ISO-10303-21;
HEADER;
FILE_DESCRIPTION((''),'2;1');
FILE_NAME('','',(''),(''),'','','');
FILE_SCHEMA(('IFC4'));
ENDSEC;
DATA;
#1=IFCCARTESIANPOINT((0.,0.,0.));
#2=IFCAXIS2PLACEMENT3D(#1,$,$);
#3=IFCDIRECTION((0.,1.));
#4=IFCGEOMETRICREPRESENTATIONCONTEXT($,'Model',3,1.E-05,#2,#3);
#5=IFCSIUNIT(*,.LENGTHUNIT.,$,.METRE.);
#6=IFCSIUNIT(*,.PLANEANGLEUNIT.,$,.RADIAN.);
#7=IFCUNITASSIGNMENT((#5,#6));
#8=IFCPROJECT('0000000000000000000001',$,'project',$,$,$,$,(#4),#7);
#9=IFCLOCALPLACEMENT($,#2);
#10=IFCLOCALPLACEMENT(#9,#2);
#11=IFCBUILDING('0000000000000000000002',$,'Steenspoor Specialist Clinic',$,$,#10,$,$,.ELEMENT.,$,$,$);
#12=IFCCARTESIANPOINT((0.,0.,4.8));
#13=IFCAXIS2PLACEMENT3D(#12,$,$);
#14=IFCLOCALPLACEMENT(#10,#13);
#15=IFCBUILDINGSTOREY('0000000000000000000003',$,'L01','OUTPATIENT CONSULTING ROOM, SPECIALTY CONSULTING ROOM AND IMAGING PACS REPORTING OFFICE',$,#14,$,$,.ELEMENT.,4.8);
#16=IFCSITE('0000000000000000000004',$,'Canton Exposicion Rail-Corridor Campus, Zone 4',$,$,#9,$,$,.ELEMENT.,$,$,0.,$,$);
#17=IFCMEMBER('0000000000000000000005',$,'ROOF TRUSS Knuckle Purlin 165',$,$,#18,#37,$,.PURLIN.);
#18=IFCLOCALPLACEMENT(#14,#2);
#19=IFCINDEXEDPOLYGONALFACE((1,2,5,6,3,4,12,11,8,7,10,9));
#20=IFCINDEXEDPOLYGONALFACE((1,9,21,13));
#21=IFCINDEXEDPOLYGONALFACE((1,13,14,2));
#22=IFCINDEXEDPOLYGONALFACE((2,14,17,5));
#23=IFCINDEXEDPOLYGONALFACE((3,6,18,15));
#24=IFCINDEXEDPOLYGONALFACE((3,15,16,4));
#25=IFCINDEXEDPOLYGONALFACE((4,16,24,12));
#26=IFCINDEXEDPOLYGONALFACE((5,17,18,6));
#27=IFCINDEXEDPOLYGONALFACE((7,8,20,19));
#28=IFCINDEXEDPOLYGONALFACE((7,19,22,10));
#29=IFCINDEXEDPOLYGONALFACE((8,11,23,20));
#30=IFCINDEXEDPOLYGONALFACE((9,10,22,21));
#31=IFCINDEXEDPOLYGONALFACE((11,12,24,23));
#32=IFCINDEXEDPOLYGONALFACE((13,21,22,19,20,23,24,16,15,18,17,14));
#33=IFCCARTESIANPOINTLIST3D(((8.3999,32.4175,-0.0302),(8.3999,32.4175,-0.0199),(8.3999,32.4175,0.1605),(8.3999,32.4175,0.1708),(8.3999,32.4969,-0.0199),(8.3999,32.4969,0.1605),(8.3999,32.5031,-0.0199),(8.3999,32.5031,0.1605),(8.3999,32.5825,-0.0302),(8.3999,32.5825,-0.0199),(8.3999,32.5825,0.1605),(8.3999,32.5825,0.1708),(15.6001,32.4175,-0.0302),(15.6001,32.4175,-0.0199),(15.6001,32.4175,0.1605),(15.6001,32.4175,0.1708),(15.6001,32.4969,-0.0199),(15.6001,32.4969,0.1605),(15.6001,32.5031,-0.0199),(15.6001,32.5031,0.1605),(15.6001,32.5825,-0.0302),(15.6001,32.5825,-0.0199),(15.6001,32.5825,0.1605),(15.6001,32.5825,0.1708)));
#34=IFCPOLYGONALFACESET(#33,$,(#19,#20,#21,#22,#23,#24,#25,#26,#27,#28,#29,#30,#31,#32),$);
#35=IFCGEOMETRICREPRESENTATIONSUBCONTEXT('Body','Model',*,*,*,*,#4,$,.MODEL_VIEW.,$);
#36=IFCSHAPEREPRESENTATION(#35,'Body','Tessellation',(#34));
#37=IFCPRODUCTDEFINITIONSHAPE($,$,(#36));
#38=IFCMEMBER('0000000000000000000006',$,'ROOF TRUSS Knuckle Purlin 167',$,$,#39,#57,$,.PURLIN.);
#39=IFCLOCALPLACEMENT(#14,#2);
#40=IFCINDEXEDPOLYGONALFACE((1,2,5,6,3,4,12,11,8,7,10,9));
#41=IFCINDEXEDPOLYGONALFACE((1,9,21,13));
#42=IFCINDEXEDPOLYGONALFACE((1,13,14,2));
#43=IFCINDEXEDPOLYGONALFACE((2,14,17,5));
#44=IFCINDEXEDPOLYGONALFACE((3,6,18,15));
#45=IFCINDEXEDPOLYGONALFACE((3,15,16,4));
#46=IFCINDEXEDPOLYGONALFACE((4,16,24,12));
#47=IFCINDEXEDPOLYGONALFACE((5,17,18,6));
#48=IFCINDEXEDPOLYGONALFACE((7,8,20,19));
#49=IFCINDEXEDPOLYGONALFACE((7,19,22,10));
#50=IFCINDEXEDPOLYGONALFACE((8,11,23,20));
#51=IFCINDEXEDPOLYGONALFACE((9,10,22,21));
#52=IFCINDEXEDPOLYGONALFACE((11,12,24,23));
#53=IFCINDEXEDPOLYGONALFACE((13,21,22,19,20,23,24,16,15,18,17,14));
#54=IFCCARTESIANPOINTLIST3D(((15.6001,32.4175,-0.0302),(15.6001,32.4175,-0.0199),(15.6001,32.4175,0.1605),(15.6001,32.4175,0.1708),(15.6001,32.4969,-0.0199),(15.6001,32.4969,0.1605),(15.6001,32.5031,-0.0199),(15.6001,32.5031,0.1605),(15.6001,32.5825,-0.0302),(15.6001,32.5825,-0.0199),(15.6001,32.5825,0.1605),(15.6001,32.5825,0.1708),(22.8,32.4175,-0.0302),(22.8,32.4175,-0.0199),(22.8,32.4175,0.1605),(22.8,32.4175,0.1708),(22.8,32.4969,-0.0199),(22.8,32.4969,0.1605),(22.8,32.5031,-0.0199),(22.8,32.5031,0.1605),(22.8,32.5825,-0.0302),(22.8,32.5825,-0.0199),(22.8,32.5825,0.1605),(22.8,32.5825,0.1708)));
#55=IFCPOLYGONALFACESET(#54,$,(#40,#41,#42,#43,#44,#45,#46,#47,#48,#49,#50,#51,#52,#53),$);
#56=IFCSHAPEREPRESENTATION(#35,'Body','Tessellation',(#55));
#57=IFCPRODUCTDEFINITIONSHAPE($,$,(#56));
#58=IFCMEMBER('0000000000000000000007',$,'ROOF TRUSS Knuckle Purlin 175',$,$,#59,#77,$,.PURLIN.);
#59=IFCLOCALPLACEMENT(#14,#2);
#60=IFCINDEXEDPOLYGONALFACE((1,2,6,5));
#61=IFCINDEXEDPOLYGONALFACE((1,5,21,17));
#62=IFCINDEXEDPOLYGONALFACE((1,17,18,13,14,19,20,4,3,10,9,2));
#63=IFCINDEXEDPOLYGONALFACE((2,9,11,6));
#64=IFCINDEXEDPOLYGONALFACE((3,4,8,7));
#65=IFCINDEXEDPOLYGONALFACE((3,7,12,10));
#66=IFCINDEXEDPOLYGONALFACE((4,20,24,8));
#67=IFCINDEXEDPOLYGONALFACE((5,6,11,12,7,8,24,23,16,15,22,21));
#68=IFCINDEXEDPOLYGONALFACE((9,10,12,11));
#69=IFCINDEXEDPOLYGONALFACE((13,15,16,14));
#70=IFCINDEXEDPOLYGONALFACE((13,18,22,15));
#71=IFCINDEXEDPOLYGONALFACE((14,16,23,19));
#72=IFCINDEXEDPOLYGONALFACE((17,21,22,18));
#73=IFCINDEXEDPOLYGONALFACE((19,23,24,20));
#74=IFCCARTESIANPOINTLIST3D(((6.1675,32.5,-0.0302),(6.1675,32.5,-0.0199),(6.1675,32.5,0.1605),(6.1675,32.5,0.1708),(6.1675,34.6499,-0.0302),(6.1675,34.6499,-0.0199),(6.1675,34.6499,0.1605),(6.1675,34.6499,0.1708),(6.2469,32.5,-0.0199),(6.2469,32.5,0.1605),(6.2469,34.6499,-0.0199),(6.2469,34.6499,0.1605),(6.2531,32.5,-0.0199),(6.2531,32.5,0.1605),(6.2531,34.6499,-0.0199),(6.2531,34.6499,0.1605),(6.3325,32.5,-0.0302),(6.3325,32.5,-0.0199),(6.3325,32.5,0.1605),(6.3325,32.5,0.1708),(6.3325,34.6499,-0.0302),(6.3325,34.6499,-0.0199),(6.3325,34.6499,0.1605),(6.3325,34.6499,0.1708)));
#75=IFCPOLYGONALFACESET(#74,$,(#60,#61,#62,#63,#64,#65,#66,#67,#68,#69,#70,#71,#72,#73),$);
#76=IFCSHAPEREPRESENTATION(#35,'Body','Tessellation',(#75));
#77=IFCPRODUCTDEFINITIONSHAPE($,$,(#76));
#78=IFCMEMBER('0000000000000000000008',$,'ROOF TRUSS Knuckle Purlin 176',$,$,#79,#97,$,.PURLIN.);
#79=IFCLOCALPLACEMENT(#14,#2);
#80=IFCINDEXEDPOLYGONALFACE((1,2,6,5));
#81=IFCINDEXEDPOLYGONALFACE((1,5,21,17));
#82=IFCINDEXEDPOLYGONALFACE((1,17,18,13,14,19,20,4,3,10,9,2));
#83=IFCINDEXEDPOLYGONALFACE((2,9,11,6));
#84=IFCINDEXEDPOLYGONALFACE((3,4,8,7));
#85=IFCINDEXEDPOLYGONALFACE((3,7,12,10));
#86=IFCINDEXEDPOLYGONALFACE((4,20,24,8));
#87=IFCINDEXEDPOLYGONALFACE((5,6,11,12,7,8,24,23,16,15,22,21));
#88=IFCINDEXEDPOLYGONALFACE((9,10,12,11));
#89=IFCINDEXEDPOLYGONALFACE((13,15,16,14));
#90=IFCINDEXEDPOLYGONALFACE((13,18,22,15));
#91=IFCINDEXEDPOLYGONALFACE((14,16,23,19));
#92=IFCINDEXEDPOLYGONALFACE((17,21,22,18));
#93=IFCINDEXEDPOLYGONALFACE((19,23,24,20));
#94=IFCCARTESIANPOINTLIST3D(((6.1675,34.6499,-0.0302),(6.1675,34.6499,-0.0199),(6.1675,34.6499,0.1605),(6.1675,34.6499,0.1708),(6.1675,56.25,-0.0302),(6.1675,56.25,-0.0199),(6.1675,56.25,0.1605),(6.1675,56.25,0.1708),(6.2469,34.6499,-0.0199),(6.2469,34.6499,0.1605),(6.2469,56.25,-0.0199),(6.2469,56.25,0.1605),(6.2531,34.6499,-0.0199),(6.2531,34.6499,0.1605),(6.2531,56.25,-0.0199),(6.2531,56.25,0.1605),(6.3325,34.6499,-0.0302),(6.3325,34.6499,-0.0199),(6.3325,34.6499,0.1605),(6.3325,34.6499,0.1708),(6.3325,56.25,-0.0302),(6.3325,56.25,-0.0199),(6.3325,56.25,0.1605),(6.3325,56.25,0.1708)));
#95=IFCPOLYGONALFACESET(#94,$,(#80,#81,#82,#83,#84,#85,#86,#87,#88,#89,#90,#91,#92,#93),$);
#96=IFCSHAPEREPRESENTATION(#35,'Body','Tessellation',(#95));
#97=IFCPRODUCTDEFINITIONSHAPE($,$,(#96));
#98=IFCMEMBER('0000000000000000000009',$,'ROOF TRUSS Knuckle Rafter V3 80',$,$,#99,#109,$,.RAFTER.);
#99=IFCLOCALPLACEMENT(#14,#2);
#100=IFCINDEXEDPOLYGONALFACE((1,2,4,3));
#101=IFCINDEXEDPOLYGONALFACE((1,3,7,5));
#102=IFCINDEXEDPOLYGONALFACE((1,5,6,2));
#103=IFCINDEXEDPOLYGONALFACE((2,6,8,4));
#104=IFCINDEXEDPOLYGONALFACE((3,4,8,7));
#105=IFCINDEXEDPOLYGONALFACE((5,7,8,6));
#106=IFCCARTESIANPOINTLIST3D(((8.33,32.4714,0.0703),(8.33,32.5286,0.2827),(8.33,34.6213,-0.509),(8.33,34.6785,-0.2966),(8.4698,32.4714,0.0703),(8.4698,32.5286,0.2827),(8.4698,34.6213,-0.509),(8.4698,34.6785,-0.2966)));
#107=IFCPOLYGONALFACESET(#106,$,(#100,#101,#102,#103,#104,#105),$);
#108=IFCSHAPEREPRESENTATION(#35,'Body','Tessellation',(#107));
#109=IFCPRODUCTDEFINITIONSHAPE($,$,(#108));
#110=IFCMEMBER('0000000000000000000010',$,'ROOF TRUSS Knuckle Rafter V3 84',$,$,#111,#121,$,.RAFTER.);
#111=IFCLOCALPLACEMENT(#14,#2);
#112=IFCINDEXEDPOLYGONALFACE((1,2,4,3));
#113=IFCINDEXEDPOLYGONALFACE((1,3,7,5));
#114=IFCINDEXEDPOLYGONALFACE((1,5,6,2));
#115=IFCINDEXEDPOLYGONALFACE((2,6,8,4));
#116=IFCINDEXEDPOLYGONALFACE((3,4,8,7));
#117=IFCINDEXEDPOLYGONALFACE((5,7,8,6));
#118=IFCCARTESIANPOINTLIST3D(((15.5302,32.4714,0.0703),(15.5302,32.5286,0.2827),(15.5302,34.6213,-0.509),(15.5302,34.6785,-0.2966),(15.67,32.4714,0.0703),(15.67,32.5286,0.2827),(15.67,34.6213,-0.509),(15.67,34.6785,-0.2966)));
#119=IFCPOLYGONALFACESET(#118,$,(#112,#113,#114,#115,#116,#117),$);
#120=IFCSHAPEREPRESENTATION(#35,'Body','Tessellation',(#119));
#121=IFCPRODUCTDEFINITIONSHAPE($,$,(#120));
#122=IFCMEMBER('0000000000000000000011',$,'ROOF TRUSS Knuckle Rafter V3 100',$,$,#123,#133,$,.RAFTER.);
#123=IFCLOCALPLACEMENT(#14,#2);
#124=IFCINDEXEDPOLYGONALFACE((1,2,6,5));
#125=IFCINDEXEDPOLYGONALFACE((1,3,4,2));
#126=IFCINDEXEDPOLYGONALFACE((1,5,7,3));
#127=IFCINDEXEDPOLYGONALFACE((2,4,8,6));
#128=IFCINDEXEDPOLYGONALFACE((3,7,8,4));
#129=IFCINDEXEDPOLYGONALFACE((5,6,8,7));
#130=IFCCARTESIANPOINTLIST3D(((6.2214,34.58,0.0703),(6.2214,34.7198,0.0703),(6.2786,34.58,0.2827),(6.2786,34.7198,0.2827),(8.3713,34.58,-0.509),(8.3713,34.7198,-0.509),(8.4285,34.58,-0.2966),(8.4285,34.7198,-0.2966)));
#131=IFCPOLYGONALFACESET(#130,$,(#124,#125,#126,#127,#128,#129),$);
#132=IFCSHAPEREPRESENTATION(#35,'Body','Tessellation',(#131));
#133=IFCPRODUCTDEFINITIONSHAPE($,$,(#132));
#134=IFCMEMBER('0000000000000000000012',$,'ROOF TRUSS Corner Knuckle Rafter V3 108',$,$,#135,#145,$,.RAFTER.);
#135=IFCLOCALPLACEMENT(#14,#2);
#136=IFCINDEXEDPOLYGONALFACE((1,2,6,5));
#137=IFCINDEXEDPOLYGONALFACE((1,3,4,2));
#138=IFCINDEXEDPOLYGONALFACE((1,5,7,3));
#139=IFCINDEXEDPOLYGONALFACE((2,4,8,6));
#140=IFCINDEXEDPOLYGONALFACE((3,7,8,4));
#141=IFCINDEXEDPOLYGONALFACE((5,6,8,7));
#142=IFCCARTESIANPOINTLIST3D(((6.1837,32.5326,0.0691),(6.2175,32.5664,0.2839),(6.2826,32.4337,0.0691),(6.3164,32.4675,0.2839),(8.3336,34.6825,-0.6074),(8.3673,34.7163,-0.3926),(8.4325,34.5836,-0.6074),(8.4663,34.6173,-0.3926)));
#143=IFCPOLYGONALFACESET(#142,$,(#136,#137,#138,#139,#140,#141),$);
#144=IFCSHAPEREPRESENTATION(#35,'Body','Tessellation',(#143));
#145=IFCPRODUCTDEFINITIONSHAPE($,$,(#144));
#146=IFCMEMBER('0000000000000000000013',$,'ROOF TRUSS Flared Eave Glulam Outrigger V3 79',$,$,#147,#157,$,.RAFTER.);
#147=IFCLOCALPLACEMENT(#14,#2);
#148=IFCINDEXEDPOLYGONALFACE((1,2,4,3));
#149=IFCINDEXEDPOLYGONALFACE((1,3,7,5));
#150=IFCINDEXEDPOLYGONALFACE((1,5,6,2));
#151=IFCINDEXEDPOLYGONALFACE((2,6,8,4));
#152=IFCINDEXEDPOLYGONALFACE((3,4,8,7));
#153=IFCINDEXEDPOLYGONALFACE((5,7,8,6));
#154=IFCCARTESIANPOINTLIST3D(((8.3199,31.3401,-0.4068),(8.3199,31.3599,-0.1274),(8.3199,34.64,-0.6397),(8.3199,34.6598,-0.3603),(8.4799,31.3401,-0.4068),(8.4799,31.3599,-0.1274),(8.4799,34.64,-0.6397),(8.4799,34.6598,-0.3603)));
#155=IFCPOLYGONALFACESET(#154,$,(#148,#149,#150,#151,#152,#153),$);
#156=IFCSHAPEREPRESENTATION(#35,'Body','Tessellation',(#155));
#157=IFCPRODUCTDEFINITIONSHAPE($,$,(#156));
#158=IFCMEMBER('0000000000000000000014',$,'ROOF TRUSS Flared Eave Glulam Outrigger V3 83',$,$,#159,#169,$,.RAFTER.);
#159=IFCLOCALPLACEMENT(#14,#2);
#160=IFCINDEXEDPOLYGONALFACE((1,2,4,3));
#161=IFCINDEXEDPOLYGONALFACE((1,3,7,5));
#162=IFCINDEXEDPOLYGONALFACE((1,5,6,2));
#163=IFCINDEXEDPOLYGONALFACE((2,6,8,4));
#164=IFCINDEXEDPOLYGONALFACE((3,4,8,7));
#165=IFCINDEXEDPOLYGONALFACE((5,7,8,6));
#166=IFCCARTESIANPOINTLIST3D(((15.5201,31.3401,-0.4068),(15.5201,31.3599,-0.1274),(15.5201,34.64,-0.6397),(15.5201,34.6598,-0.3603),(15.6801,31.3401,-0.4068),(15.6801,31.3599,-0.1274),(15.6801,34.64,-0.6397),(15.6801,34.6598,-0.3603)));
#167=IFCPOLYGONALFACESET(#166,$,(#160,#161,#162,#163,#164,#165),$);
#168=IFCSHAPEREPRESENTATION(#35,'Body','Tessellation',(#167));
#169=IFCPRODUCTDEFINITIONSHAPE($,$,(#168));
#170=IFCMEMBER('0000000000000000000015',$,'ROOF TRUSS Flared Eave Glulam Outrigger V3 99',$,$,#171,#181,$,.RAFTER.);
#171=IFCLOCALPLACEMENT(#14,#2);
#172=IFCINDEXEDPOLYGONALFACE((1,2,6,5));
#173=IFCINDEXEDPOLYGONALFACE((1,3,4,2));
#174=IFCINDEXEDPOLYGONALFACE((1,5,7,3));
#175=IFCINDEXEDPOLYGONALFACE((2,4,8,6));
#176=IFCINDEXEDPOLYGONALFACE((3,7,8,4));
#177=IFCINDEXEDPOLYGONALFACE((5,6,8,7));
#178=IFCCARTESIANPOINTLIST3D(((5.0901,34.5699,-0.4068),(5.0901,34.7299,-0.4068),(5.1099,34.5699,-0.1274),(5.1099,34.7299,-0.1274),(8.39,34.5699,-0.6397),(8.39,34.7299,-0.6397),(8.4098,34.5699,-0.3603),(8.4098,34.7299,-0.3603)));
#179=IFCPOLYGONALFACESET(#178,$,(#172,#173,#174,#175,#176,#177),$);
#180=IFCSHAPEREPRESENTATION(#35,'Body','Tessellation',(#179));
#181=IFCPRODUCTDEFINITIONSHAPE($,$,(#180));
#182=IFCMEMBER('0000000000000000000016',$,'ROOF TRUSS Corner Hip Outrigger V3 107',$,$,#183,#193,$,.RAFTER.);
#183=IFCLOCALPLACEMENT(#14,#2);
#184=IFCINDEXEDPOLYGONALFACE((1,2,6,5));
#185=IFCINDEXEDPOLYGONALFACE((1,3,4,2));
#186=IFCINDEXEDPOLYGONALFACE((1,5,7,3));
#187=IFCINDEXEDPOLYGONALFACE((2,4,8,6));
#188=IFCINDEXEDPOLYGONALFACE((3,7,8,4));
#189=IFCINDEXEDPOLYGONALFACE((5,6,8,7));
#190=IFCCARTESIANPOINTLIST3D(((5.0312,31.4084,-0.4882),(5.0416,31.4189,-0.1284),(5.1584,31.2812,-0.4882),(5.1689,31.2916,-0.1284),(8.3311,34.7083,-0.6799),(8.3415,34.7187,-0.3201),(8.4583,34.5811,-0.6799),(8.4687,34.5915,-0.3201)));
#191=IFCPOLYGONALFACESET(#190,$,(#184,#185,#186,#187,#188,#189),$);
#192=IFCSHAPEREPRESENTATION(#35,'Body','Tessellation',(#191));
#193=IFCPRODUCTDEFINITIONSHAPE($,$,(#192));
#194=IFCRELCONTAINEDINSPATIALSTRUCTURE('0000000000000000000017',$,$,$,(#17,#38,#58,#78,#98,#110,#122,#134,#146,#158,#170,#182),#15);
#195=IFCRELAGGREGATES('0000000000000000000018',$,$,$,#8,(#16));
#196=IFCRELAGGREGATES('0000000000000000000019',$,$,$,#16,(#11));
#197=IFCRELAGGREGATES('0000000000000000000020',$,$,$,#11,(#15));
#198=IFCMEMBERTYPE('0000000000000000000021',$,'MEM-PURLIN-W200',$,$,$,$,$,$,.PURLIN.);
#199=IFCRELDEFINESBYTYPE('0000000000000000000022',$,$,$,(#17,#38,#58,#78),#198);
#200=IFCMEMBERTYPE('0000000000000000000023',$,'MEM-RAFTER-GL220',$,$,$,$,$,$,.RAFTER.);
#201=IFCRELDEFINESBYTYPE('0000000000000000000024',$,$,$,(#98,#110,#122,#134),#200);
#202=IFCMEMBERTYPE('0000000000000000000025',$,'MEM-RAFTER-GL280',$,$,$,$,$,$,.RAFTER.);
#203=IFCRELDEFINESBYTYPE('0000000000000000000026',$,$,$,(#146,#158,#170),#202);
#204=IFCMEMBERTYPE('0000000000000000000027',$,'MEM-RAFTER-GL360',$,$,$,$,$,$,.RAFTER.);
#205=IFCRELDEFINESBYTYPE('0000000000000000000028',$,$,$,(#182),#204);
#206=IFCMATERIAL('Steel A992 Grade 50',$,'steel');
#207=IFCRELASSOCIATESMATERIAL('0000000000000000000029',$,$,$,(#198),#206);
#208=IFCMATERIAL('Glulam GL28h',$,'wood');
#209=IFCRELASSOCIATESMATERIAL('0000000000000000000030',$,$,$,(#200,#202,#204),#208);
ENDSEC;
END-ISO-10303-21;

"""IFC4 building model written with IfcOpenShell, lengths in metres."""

from ifc_helpers import new_model, si_unit, direction, frame, origin, origin_2d, place, context, subcontext, project, spatial, rectangle, i_section, extrude, material, material_profile, profile_set, type_object, element, save


model = new_model("IFC4")

# Units and contexts
model_context = context("Model", 3, precision=1e-05, world=origin(), true_north=direction((0.0, 1.0)))
body_context = subcontext(model_context, "Body", "Model", "MODEL_VIEW")
ifc_project = project(units=[si_unit("LENGTHUNIT", "METRE"), si_unit("PLANEANGLEUNIT", "RADIAN")], contexts=[model_context])

# Site, building, storey
site_placement = place(None, origin())
site = spatial("IfcSite", under=ifc_project, at=site_placement, Name="Canton Exposicion Rail-Corridor Campus, Zone 4", CompositionType="ELEMENT", RefElevation=0.0)
building_placement = place(site_placement, origin())
building = spatial("IfcBuilding", under=site, at=building_placement, Name="Steenspoor Specialist Clinic", CompositionType="ELEMENT")
storey_placement = place(building_placement, frame((0.0, 0.0, 4.8)))
storey = spatial("IfcBuildingStorey", under=building, at=storey_placement, Name="L01", Description="OUTPATIENT CONSULTING ROOM, SPECIALTY CONSULTING ROOM AND IMAGING PACS REPORTING OFFICE", CompositionType="ELEMENT", Elevation=4.8)

# Shared definitions
ifc_material_1 = material(Name="Glulam GL28h", Category="wood")

# Members
ifc_material_2 = material(Name="Steel A992 Grade 50", Category="steel")
ifc_material_profile_1 = material_profile(ifc_material_2, i_section(OverallWidth=0.165, OverallDepth=0.2009, WebThickness=0.0061, FlangeThickness=0.0103, at=origin_2d()), Name="W200X36")
ifc_profile_set_1 = profile_set([ifc_material_profile_1], Name="Steel A992 Grade 50")
member_type_1 = type_object("IfcMemberType", Name="MEM-PURLIN-W200", PredefinedType="PURLIN", material=ifc_profile_set_1)
member_1_placement = place(storey_placement, frame((8.3999, 32.5, 0.0703), z_axis=(1.0, 0.0, 0.0), x_axis=(0.0, 1.0, 0.0)))
element("IfcMember", 1, at=member_1_placement, inside=storey, type_object=member_type_1, Name="ROOF TRUSS Knuckle Purlin 165", PredefinedType="PURLIN", context=body_context, shape_type="SweptSolid", body=[
    extrude(i_section(OverallWidth=0.165, OverallDepth=0.2009, WebThickness=0.0061, FlangeThickness=0.0103, at=origin_2d()), origin(), (0.0, 0.0, 1.0), 7.2002),
])
member_2_placement = place(storey_placement, frame((15.6001, 32.5, 0.0703), z_axis=(1.0, 0.0, 0.0), x_axis=(0.0, 1.0, 0.0)))
element("IfcMember", 2, at=member_2_placement, inside=storey, type_object=member_type_1, Name="ROOF TRUSS Knuckle Purlin 167", PredefinedType="PURLIN", context=body_context, shape_type="SweptSolid", body=[
    extrude(i_section(OverallWidth=0.165, OverallDepth=0.2009, WebThickness=0.0061, FlangeThickness=0.0103, at=origin_2d()), origin(), (0.0, 0.0, 1.0), 7.2),
])
member_3_placement = place(storey_placement, frame((6.25, 32.5, 0.0703), z_axis=(0.0, 1.0, 0.0), x_axis=(-1.0, 0.0, 0.0)))
element("IfcMember", 3, at=member_3_placement, inside=storey, type_object=member_type_1, Name="ROOF TRUSS Knuckle Purlin 175", PredefinedType="PURLIN", context=body_context, shape_type="SweptSolid", body=[
    extrude(i_section(OverallWidth=0.165, OverallDepth=0.2009, WebThickness=0.0061, FlangeThickness=0.0103, at=origin_2d()), origin(), (0.0, 0.0, 1.0), 2.1499),
])
member_4_placement = place(storey_placement, frame((6.25, 34.6499, 0.0703), z_axis=(0.0, 1.0, 0.0), x_axis=(-1.0, 0.0, 0.0)))
element("IfcMember", 4, at=member_4_placement, inside=storey, type_object=member_type_1, Name="ROOF TRUSS Knuckle Purlin 176", PredefinedType="PURLIN", context=body_context, shape_type="SweptSolid", body=[
    extrude(i_section(OverallWidth=0.165, OverallDepth=0.2009, WebThickness=0.0061, FlangeThickness=0.0103, at=origin_2d()), origin(), (0.0, 0.0, 1.0), 21.6001),
])
ifc_material_profile_2 = material_profile(ifc_material_1, rectangle(XDim=0.1399, YDim=0.22, at=origin_2d()), Name="GL28H-140X220")
ifc_profile_set_2 = profile_set([ifc_material_profile_2], Name="Glulam GL28h")
member_type_2 = type_object("IfcMemberType", Name="MEM-RAFTER-GL220", PredefinedType="RAFTER", material=ifc_profile_set_2)
for number, where, z_axis, x_axis, name in (
    (5, (8.3999, 34.6499, -0.4028), (0.0, -0.965556, 0.260194), (1.0, 0.0, 0.0), "ROOF TRUSS Knuckle Rafter V3 80"),
    (6, (15.6001, 34.6499, -0.4028), (0.0, -0.965556, 0.260194), (1.0, 0.0, 0.0), "ROOF TRUSS Knuckle Rafter V3 84"),
    (7, (8.3999, 34.6499, -0.4028), (-0.965556, 0.0, 0.260194), (0.0, -1.0, 0.0), "ROOF TRUSS Knuckle Rafter V3 100"),
):
    element("IfcMember", number, at=place(storey_placement, frame(where, z_axis=z_axis, x_axis=x_axis)), inside=storey, type_object=member_type_2, Name=name, PredefinedType="RAFTER", context=body_context, shape_type="SweptSolid", body=[
        extrude(rectangle(XDim=0.1399, YDim=0.22, at=origin_2d()), origin(), (0.0, 0.0, 1.0), 2.2266),
    ])
member_5_placement = place(storey_placement, frame((8.3999, 34.6499, -0.5), z_axis=(-0.690227, -0.690227, 0.217195), x_axis=(0.707107, -0.707107, 0.0)))
element("IfcMember", 8, at=member_5_placement, inside=storey, type_object=member_type_2, Name="ROOF TRUSS Corner Knuckle Rafter V3 108", PredefinedType="RAFTER", context=body_context, shape_type="SweptSolid", body=[
    extrude(rectangle(XDim=0.1399, YDim=0.22, at=origin_2d()), origin(), (0.0, 0.0, 1.0), 3.1147),
])
ifc_material_profile_3 = material_profile(ifc_material_1, rectangle(XDim=0.1599, YDim=0.28, at=origin_2d()), Name="GL28H-160X280")
ifc_profile_set_3 = profile_set([ifc_material_profile_3], Name="Glulam GL28h")
member_type_3 = type_object("IfcMemberType", Name="MEM-RAFTER-GL280", PredefinedType="RAFTER", material=ifc_profile_set_3)
for number, where, z_axis, x_axis, name in (
    (9, (8.3999, 34.6499, -0.5), (0.0, -0.997518, 0.070408), (1.0, 0.0, 0.0), "ROOF TRUSS Flared Eave Glulam Outrigger V3 79"),
    (10, (15.6001, 34.6499, -0.5), (0.0, -0.997518, 0.070408), (1.0, 0.0, 0.0), "ROOF TRUSS Flared Eave Glulam Outrigger V3 83"),
    (11, (8.3999, 34.6499, -0.5), (-0.997518, 0.0, 0.070408), (0.0, -1.0, 0.0), "ROOF TRUSS Flared Eave Glulam Outrigger V3 99"),
):
    element("IfcMember", number, at=place(storey_placement, frame(where, z_axis=z_axis, x_axis=x_axis)), inside=storey, type_object=member_type_3, Name=name, PredefinedType="RAFTER", context=body_context, shape_type="SweptSolid", body=[
        extrude(rectangle(XDim=0.1599, YDim=0.28, at=origin_2d()), origin(), (0.0, 0.0, 1.0), 3.3081),
    ])
ifc_material_profile_4 = material_profile(ifc_material_1, rectangle(XDim=0.1799, YDim=0.3601, at=origin_2d()), Name="GL28H-180X360")
ifc_profile_set_4 = profile_set([ifc_material_profile_4], Name="Glulam GL28h")
member_type_4 = type_object("IfcMemberType", Name="MEM-RAFTER-GL360", PredefinedType="RAFTER", material=ifc_profile_set_4)
member_6_placement = place(storey_placement, frame((8.3999, 34.6499, -0.5), z_axis=(-0.706511, -0.706511, 0.041034), x_axis=(0.707107, -0.707107, 0.0)))
element("IfcMember", 12, at=member_6_placement, inside=storey, type_object=member_type_4, Name="ROOF TRUSS Corner Hip Outrigger V3 107", PredefinedType="RAFTER", context=body_context, shape_type="SweptSolid", body=[
    extrude(rectangle(XDim=0.1799, YDim=0.3601, at=origin_2d()), origin(), (0.0, 0.0, 1.0), 4.6707),
])

save(model, "model.ifc")
